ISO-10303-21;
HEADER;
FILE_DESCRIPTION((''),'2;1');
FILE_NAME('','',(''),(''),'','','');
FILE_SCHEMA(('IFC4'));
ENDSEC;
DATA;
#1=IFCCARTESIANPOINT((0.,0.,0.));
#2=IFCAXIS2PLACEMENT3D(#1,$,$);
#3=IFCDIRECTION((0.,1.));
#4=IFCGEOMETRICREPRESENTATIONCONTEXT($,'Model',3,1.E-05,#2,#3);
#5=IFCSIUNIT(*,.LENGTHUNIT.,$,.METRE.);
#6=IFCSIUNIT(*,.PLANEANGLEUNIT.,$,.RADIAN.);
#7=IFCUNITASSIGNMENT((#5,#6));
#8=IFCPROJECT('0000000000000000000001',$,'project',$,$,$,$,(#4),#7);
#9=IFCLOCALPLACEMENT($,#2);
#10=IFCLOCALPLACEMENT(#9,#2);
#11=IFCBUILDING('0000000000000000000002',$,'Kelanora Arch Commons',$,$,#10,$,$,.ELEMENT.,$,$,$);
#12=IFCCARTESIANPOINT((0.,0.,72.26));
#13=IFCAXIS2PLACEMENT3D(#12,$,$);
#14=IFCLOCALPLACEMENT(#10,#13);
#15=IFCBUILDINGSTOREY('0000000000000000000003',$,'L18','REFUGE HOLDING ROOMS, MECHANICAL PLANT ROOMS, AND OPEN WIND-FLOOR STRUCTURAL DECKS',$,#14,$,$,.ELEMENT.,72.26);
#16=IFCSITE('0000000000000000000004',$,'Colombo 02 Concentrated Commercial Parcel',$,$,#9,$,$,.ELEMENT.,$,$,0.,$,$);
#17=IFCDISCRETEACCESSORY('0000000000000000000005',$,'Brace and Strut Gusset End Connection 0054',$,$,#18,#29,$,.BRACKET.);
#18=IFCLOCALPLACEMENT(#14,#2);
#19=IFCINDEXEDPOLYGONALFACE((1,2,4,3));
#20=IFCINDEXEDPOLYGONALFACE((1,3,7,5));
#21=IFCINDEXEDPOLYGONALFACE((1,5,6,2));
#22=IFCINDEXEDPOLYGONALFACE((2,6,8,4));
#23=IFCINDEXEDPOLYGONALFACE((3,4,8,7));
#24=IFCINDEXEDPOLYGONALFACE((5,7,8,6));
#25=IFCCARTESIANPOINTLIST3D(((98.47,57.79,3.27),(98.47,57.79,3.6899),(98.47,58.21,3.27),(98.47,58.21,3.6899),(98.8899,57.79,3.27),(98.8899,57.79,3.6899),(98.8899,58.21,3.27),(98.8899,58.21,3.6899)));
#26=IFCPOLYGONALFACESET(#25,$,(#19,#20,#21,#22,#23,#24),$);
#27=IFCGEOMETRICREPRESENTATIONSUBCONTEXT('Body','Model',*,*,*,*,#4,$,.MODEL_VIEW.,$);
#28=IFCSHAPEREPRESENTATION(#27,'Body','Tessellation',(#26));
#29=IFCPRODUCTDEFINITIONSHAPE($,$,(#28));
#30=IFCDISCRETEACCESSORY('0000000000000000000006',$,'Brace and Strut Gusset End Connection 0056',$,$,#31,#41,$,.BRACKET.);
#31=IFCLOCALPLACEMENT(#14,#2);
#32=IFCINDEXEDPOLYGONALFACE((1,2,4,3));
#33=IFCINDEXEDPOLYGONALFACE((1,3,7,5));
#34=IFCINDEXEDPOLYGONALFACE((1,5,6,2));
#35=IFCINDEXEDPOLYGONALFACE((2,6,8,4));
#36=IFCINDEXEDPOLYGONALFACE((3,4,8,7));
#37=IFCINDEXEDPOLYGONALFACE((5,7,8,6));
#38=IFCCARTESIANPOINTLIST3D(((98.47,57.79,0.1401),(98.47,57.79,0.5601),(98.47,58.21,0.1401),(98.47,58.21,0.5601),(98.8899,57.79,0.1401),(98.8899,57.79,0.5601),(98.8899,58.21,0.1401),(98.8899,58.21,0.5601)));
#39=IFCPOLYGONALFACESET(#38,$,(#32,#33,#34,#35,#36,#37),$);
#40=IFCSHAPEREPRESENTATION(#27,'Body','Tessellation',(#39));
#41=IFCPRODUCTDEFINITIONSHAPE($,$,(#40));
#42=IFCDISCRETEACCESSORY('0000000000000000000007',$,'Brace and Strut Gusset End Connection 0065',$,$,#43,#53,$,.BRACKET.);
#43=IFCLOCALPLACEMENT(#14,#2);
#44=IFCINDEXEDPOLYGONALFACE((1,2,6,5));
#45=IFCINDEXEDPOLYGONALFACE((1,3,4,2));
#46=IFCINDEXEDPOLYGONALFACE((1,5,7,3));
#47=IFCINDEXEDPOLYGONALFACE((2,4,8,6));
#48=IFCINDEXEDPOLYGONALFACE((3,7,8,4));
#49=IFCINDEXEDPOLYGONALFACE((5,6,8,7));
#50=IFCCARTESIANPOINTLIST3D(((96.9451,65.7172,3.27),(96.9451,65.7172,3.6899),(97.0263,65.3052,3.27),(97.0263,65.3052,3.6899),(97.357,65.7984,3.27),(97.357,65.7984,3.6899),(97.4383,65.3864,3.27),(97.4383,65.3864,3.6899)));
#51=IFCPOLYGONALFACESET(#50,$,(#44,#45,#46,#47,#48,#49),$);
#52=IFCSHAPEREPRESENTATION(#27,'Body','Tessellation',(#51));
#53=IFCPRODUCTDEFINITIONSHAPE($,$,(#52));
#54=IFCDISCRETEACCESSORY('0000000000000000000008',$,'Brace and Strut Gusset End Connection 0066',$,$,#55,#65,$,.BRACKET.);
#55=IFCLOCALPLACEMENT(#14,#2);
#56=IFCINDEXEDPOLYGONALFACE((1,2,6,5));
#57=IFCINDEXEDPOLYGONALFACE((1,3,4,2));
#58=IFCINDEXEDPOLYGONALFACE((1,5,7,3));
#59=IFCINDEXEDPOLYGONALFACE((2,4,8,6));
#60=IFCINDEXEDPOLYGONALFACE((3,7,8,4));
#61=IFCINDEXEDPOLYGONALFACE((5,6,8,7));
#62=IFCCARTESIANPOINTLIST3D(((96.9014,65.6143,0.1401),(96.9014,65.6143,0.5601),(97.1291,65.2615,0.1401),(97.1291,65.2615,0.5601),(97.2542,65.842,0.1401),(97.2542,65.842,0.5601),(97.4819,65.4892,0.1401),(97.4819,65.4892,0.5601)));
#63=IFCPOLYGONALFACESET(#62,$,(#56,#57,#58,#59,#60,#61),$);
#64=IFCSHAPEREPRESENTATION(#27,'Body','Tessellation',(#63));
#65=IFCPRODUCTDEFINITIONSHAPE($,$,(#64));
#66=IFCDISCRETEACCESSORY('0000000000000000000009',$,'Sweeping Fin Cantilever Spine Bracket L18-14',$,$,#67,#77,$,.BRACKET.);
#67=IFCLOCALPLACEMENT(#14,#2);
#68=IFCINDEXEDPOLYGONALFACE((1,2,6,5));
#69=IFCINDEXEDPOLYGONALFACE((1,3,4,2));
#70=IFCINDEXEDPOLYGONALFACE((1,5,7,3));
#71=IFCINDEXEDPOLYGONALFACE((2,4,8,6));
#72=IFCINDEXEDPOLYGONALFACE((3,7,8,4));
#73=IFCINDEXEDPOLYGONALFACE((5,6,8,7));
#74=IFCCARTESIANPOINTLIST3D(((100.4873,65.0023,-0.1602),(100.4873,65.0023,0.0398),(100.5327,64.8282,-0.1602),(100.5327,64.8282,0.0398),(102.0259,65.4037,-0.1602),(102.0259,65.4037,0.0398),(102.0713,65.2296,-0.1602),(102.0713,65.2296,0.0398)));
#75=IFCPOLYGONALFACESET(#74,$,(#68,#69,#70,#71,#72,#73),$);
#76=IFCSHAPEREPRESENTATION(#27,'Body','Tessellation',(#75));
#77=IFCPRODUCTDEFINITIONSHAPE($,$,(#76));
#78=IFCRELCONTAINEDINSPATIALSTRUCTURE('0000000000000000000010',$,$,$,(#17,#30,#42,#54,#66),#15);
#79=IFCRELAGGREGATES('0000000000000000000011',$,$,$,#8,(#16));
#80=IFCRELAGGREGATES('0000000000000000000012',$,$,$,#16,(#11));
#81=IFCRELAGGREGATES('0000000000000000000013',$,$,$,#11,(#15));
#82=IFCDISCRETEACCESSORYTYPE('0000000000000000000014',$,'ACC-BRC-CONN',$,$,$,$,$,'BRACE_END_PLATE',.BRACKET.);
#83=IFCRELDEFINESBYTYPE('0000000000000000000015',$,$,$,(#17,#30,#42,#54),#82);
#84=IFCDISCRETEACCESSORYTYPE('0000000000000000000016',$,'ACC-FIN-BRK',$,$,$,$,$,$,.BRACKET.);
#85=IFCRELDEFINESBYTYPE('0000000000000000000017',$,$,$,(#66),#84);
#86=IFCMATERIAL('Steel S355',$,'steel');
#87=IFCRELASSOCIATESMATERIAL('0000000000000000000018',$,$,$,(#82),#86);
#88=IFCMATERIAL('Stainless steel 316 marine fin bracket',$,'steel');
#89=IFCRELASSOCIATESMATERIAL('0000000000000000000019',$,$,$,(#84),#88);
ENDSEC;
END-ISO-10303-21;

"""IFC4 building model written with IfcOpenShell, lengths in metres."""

from ifc_helpers import new_model, si_unit, direction, frame, origin, origin_2d, place, context, subcontext, project, spatial, rectangle, extrude, source, transform, mapped, material, type_object, element, save


model = new_model("IFC4")

# Units and contexts
model_context = context("Model", 3, precision=1e-05, world=origin(), true_north=direction((0.0, 1.0)))
body_context = subcontext(model_context, "Body", "Model", "MODEL_VIEW")
ifc_project = project(units=[si_unit("LENGTHUNIT", "METRE"), si_unit("PLANEANGLEUNIT", "RADIAN")], contexts=[model_context])

# Site, building, storey
site_placement = place(None, origin())
site = spatial("IfcSite", under=ifc_project, at=site_placement, Name="Colombo 02 Concentrated Commercial Parcel", CompositionType="ELEMENT", RefElevation=0.0)
building_placement = place(site_placement, origin())
building = spatial("IfcBuilding", under=site, at=building_placement, Name="Kelanora Arch Commons", CompositionType="ELEMENT")
storey_placement = place(building_placement, frame((0.0, 0.0, 72.26)))
storey = spatial("IfcBuildingStorey", under=building, at=storey_placement, Name="L18", Description="REFUGE HOLDING ROOMS, MECHANICAL PLANT ROOMS, AND OPEN WIND-FLOOR STRUCTURAL DECKS", CompositionType="ELEMENT", Elevation=72.26)

# Shared definitions
ifc_material_1 = material(Name="Steel S355", Category="steel")

# Discrete accessories
discrete_accessory_type_1 = type_object("IfcDiscreteAccessoryType", Name="ACC-BRC-CONN", ElementType="BRACE_END_PLATE", PredefinedType="BRACKET", material=ifc_material_1)
shared_shape_1 = source(origin(), body_context, "Body", "SweptSolid", [
    extrude(rectangle(XDim=0.4199, YDim=0.4199, at=origin_2d()), origin(), (0.0, 0.0, 1.0), 0.4199),
])
for number, where, z_axis, x_axis, name in (
    (1, (98.6799, 58.0, 3.27), (0.0, 0.0, 1.0), (1.0, 0.0, 0.0), "Brace and Strut Gusset End Connection 0054"),
    (2, (98.6799, 58.0, 0.1401), (0.0, 0.0, 1.0), (1.0, 0.0, 0.0), "Brace and Strut Gusset End Connection 0056"),
    (3, (97.1917, 65.5518, 3.27), (0.0, 0.0, 1.0), (-0.193378, 0.981124, 0.0), "Brace and Strut Gusset End Connection 0065"),
    (4, (97.1917, 65.5518, 0.1401), (0.0, 0.0, 1.0), (-0.542295, 0.840188, 0.0), "Brace and Strut Gusset End Connection 0066"),
):
    element("IfcDiscreteAccessory", number, at=place(storey_placement, frame(where, z_axis=z_axis, x_axis=x_axis)), inside=storey, type_object=discrete_accessory_type_1, Name=name, PredefinedType="BRACKET", context=body_context, shape_type="MappedRepresentation", body=[
        mapped(shared_shape_1, transform((0.0, 0.0, 0.0), scale=1.0)),
    ])
ifc_material_2 = material(Name="Stainless steel 316 marine fin bracket", Category="steel")
discrete_accessory_type_2 = type_object("IfcDiscreteAccessoryType", Name="ACC-FIN-BRK", PredefinedType="BRACKET", material=ifc_material_2)
shared_shape_2 = source(origin(), body_context, "Body", "SweptSolid", [
    extrude(rectangle(XDim=1.5901, YDim=0.1799, at=origin_2d()), origin(), (0.0, 0.0, 1.0), 0.2),
])
discrete_accessory_placement = place(storey_placement, frame((101.2793, 65.116, -0.1602), z_axis=(0.0, 0.0, 1.0), x_axis=(0.967621, 0.252407, 0.0)))
element("IfcDiscreteAccessory", 5, at=discrete_accessory_placement, inside=storey, type_object=discrete_accessory_type_2, Name="Sweeping Fin Cantilever Spine Bracket L18-14", PredefinedType="BRACKET", context=body_context, shape_type="MappedRepresentation", body=[
    mapped(shared_shape_2, transform((0.0, 0.0, 0.0), scale=1.0)),
])

save(model, "model.ifc")
